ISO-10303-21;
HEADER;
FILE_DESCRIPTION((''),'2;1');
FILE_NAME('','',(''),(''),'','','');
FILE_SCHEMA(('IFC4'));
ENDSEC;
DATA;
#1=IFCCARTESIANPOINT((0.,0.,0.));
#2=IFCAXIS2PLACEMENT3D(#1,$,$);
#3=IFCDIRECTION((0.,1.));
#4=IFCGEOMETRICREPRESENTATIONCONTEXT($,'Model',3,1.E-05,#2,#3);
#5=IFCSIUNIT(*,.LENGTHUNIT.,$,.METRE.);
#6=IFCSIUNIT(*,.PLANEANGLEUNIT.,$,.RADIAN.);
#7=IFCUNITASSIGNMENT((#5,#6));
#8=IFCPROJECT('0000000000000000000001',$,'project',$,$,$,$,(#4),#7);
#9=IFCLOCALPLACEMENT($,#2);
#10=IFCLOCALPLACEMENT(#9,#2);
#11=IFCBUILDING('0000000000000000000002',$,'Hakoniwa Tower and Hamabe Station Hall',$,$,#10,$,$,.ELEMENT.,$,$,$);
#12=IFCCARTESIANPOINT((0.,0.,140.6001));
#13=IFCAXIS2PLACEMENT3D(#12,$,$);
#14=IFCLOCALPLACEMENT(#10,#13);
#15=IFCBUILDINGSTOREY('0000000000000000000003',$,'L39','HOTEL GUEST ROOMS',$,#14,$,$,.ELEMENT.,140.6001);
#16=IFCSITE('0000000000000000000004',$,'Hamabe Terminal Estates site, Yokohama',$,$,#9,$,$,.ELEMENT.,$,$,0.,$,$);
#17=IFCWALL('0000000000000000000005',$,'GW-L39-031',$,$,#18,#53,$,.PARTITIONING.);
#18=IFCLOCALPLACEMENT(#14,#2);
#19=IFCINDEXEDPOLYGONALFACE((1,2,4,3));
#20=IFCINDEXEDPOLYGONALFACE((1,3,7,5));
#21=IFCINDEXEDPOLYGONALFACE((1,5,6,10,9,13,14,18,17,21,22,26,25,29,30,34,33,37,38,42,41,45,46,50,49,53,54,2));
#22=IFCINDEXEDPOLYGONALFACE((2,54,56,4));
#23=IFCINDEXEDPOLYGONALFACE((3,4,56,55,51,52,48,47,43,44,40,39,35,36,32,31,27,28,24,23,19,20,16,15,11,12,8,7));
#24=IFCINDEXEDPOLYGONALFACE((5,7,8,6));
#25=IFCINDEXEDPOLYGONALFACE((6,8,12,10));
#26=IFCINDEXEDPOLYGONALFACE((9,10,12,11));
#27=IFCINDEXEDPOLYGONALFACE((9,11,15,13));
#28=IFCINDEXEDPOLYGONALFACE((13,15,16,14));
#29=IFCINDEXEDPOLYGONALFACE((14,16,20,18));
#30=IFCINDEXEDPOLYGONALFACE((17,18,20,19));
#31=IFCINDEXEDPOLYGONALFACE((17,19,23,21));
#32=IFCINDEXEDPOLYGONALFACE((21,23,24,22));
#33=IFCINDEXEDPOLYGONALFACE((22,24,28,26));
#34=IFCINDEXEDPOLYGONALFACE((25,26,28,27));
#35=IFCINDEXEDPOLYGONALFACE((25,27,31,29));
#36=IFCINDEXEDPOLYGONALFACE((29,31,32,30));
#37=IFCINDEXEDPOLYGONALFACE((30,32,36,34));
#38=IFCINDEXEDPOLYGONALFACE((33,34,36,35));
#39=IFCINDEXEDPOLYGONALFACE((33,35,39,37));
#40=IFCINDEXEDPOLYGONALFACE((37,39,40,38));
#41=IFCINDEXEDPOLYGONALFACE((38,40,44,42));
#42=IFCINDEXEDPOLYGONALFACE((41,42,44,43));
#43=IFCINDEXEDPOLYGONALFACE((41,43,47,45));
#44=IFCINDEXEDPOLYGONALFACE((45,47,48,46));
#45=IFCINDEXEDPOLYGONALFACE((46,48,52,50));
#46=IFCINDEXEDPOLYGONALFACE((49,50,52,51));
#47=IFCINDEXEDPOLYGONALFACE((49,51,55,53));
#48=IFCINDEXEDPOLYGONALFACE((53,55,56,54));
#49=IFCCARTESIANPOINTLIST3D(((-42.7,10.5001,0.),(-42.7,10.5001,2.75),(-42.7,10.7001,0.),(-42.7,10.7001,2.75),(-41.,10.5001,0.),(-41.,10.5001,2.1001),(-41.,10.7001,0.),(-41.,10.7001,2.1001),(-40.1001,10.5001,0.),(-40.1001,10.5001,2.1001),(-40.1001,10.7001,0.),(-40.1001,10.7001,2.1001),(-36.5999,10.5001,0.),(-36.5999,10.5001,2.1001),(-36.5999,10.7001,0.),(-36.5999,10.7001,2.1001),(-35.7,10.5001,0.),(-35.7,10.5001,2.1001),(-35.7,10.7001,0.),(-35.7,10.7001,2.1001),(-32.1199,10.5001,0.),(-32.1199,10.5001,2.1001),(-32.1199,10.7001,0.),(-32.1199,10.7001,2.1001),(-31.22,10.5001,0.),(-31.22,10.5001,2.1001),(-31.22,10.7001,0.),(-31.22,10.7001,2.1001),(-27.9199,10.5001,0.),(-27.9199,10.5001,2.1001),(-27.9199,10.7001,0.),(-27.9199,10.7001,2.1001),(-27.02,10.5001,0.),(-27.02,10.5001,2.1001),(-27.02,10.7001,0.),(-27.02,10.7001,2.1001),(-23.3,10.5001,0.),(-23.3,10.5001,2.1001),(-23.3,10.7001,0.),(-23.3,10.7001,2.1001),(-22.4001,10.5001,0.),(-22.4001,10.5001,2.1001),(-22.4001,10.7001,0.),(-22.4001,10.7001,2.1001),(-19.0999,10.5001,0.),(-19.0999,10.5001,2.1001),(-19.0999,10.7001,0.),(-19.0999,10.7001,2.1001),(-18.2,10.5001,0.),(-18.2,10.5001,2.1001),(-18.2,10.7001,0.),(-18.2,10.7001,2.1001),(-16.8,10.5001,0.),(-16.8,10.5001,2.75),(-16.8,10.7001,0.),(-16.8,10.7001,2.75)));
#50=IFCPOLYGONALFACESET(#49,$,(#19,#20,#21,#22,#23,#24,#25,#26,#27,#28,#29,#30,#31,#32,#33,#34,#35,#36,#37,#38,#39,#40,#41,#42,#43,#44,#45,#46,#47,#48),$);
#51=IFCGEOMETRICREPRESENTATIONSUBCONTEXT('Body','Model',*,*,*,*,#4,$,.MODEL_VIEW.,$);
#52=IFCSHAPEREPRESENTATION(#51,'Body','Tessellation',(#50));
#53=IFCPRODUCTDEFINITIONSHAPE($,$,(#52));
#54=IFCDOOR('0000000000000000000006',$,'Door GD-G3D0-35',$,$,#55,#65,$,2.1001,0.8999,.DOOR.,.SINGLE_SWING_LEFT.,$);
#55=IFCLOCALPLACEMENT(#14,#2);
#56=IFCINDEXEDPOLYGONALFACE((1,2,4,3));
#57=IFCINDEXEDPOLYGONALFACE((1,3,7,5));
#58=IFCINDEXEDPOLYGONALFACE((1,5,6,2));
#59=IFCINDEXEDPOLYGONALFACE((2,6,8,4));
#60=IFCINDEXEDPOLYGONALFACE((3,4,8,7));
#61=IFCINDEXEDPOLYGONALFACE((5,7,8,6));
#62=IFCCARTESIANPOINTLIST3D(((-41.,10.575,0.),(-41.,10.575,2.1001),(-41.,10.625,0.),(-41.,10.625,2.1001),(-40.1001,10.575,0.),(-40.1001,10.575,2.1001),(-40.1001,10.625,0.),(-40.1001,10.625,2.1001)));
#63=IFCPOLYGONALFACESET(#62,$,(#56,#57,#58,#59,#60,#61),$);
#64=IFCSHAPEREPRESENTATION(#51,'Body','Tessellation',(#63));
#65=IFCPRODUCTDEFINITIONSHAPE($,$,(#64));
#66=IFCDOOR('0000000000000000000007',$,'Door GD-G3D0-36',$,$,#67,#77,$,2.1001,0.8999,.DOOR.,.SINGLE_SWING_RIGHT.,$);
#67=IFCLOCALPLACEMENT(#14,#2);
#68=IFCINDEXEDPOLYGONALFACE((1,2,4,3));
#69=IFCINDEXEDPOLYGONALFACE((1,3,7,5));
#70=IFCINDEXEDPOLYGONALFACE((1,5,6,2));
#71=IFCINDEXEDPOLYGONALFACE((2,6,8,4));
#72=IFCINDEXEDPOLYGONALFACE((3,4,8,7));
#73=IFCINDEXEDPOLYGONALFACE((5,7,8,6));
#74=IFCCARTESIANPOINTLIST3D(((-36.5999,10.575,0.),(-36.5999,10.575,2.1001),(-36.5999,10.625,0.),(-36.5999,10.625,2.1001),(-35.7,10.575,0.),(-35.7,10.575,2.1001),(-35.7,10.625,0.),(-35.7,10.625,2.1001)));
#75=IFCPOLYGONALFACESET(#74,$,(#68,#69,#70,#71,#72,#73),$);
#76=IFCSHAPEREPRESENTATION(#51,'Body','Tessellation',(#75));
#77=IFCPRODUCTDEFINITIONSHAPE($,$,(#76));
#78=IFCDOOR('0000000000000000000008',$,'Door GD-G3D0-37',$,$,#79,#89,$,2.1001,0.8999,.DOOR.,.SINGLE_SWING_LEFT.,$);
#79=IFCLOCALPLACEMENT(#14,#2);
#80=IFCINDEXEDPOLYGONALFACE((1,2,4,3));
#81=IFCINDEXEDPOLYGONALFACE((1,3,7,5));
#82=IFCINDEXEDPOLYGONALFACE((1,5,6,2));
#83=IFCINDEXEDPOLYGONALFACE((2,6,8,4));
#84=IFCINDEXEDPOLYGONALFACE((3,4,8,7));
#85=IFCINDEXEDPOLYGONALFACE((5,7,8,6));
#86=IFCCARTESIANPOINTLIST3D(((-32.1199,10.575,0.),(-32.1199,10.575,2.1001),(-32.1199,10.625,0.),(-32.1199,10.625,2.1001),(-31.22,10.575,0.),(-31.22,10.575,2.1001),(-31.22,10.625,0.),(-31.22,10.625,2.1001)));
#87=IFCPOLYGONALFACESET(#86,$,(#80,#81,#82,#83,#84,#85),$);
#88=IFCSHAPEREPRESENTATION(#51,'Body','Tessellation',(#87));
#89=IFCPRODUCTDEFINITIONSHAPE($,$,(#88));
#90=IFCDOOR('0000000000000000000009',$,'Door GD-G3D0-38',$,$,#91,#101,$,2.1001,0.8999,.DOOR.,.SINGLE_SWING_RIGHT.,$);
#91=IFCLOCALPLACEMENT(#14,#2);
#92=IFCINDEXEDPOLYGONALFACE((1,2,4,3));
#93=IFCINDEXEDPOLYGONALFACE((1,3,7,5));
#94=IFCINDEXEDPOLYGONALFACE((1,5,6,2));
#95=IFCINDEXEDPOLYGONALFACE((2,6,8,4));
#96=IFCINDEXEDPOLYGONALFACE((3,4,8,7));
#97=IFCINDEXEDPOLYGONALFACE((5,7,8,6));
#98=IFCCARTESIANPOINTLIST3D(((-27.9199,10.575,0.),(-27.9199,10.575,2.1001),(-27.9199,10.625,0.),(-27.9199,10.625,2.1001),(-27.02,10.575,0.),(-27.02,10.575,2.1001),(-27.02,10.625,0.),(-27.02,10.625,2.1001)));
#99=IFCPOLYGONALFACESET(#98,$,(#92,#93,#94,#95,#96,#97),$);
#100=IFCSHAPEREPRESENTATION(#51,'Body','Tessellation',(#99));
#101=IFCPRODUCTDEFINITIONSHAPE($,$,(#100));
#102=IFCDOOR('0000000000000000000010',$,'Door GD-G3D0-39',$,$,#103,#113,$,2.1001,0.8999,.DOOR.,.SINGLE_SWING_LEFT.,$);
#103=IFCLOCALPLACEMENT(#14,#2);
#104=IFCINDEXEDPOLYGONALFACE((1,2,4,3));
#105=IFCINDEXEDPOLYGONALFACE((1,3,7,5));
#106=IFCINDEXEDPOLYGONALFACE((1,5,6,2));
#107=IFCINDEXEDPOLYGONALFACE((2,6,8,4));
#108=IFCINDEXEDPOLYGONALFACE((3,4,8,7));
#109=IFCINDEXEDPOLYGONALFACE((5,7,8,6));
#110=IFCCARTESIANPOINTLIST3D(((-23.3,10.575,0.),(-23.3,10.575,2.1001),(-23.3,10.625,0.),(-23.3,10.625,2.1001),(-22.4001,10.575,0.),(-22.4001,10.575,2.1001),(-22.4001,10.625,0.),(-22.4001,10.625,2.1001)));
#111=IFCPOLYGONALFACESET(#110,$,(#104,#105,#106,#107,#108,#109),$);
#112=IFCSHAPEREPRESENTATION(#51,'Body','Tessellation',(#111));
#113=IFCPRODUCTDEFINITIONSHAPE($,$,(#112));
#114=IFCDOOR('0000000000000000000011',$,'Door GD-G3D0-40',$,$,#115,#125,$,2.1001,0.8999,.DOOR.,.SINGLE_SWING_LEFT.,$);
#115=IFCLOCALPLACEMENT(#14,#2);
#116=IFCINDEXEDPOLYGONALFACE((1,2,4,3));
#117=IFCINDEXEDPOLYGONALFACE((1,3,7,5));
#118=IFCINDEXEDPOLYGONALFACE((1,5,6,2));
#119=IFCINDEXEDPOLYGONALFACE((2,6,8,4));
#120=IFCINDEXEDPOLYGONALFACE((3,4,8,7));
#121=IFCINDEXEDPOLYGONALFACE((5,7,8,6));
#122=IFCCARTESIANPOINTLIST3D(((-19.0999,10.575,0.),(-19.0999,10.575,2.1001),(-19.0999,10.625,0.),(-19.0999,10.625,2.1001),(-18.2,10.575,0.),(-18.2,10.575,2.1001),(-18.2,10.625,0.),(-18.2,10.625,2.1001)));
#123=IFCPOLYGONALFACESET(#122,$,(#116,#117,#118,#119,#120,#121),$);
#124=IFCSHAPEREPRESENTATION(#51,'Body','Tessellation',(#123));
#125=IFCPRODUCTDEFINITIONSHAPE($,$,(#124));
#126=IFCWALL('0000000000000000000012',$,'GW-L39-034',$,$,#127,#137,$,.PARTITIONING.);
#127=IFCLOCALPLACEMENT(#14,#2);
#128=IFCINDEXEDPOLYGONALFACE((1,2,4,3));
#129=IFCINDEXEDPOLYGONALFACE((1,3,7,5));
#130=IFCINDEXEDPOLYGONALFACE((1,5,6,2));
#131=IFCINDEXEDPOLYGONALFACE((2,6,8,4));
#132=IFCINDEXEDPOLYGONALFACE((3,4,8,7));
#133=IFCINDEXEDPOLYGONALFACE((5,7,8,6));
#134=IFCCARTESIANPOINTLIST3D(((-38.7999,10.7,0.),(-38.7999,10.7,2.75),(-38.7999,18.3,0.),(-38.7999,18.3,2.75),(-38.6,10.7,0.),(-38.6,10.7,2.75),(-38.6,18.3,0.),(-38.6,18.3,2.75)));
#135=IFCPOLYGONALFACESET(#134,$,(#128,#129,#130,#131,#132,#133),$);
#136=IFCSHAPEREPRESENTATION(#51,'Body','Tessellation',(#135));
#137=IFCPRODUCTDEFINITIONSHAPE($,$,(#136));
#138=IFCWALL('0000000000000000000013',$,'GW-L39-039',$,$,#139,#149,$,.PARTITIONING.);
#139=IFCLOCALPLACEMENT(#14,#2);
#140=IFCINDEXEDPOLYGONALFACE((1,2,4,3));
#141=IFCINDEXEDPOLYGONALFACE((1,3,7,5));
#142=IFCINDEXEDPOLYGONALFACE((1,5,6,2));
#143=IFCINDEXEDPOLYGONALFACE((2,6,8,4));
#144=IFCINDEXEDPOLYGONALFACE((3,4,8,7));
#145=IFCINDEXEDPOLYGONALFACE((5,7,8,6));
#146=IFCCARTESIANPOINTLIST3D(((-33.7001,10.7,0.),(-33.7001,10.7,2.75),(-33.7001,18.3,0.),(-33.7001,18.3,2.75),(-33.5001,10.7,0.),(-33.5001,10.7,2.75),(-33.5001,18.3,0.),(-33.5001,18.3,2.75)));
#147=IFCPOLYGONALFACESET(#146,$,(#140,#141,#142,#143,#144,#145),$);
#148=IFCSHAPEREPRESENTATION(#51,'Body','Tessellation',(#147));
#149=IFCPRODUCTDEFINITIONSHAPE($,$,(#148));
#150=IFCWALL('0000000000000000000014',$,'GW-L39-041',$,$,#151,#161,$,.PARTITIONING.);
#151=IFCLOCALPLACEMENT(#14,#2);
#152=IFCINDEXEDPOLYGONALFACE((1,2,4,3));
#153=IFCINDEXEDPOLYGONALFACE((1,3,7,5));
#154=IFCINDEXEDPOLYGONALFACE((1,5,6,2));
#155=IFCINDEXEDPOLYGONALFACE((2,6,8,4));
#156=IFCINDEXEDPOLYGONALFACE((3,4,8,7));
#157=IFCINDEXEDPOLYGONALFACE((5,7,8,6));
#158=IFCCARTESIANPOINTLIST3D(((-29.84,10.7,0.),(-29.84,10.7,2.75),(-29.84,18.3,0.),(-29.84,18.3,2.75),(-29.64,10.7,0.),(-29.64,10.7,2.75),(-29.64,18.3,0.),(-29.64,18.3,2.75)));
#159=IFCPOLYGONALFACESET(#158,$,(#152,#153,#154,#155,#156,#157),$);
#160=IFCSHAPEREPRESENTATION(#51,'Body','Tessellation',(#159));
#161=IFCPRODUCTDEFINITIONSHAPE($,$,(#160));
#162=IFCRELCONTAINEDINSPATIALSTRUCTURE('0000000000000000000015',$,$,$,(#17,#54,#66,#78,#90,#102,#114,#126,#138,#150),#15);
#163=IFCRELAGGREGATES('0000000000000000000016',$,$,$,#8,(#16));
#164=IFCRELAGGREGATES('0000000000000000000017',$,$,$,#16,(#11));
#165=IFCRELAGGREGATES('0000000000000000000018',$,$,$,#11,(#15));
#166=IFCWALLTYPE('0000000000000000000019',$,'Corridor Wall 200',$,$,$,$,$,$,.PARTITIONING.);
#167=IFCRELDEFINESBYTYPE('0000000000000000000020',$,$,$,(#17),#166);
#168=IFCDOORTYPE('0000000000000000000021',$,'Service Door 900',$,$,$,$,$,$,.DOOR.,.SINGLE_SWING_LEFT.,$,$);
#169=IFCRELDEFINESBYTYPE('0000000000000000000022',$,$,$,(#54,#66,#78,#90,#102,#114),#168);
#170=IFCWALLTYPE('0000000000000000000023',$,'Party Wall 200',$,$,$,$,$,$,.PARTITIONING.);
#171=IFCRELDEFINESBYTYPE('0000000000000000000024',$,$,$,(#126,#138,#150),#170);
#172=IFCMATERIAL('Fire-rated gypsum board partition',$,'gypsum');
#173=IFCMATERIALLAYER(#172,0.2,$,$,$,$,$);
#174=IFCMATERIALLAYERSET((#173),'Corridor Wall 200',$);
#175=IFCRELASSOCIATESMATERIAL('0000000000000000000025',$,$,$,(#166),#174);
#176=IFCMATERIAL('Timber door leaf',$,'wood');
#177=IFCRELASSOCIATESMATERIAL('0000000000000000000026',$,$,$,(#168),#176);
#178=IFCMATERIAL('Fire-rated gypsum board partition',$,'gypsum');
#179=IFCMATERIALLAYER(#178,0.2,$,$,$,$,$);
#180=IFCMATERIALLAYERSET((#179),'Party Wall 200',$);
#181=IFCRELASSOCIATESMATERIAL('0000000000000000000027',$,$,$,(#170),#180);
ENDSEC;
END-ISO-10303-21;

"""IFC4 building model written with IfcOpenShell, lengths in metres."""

from ifc_helpers import new_model, si_unit, direction, frame, frame_2d, origin, place, context, subcontext, project, spatial, rectangle, extrude, material, layer, layer_set, type_object, element, fill, save


model = new_model("IFC4")

# Units and contexts
model_context = context("Model", 3, precision=1e-05, world=origin(), true_north=direction((0.0, 1.0)))
body_context = subcontext(model_context, "Body", "Model", "MODEL_VIEW")
ifc_project = project(units=[si_unit("LENGTHUNIT", "METRE"), si_unit("PLANEANGLEUNIT", "RADIAN")], contexts=[model_context])

# Site, building, storey
site_placement = place(None, origin())
site = spatial("IfcSite", under=ifc_project, at=site_placement, Name="Hamabe Terminal Estates site, Yokohama", CompositionType="ELEMENT", RefElevation=0.0)
building_placement = place(site_placement, origin())
building = spatial("IfcBuilding", under=site, at=building_placement, Name="Hakoniwa Tower and Hamabe Station Hall", CompositionType="ELEMENT")
storey_placement = place(building_placement, frame((0.0, 0.0, 140.6001)))
storey = spatial("IfcBuildingStorey", under=building, at=storey_placement, Name="L39", Description="HOTEL GUEST ROOMS", CompositionType="ELEMENT", Elevation=140.6001)

# Wall, openings, doors
ifc_material_1 = material(Name="Fire-rated gypsum board partition", Category="gypsum")
ifc_layer_1 = layer(ifc_material_1, 0.2)
ifc_layer_set_1 = layer_set([ifc_layer_1], Name="Corridor Wall 200")
wall_type_1 = type_object("IfcWallType", Name="Corridor Wall 200", PredefinedType="PARTITIONING", material=ifc_layer_set_1)
ifc_material_2 = material(Name="Timber door leaf", Category="wood")
door_type_1 = type_object("IfcDoorType", Name="Service Door 900", OperationType="SINGLE_SWING_LEFT", PredefinedType="DOOR", material=ifc_material_2)
wall_1_placement = place(storey_placement, frame((-42.7, 10.6001, 0.0), z_axis=(0.0, 0.0, 1.0), x_axis=(1.0, 0.0, 0.0)))
wall_1 = element("IfcWall", 1, at=wall_1_placement, inside=storey, type_object=wall_type_1, Name="GW-L39-031", PredefinedType="PARTITIONING", context=body_context, shape_type="SweptSolid", body=[
    extrude(rectangle(XDim=25.8999, YDim=0.2, at=frame_2d((12.95, 0.0))), origin(), (0.0, 0.0, 1.0), 2.75),
])
opening_1_placement = place(wall_1_placement, frame((1.7, 0.0, 0.0)))
opening_1 = element("IfcOpeningElement", 2, at=opening_1_placement, cuts=wall_1, PredefinedType="OPENING", context=body_context, shape_type="SweptSolid", body=[
    extrude(rectangle(XDim=0.8999, YDim=2.1001, at=frame_2d((0.45, 1.05))), frame((0.0, 0.1099, 0.0), z_axis=(0.0, -1.0, 0.0), x_axis=(1.0, 0.0, 0.0)), (0.0, 0.0, 1.0), 0.22),
])
opening_2_placement = place(wall_1_placement, frame((6.1001, 0.0, 0.0)))
opening_2 = element("IfcOpeningElement", 3, at=opening_2_placement, cuts=wall_1, PredefinedType="OPENING", context=body_context, shape_type="SweptSolid", body=[
    extrude(rectangle(XDim=0.8999, YDim=2.1001, at=frame_2d((0.45, 1.05))), frame((0.0, 0.1099, 0.0), z_axis=(0.0, -1.0, 0.0), x_axis=(1.0, 0.0, 0.0)), (0.0, 0.0, 1.0), 0.22),
])
opening_3_placement = place(wall_1_placement, frame((10.5801, 0.0, 0.0)))
opening_3 = element("IfcOpeningElement", 4, at=opening_3_placement, cuts=wall_1, PredefinedType="OPENING", context=body_context, shape_type="SweptSolid", body=[
    extrude(rectangle(XDim=0.8999, YDim=2.1001, at=frame_2d((0.45, 1.05))), frame((0.0, 0.1099, 0.0), z_axis=(0.0, -1.0, 0.0), x_axis=(1.0, 0.0, 0.0)), (0.0, 0.0, 1.0), 0.22),
])
opening_4_placement = place(wall_1_placement, frame((14.78, 0.0, 0.0)))
opening_4 = element("IfcOpeningElement", 5, at=opening_4_placement, cuts=wall_1, PredefinedType="OPENING", context=body_context, shape_type="SweptSolid", body=[
    extrude(rectangle(XDim=0.8999, YDim=2.1001, at=frame_2d((0.45, 1.05))), frame((0.0, 0.1099, 0.0), z_axis=(0.0, -1.0, 0.0), x_axis=(1.0, 0.0, 0.0)), (0.0, 0.0, 1.0), 0.22),
])
opening_5_placement = place(wall_1_placement, frame((19.3999, 0.0, 0.0)))
opening_5 = element("IfcOpeningElement", 6, at=opening_5_placement, cuts=wall_1, PredefinedType="OPENING", context=body_context, shape_type="SweptSolid", body=[
    extrude(rectangle(XDim=0.8999, YDim=2.1001, at=frame_2d((0.45, 1.05))), frame((0.0, 0.1099, 0.0), z_axis=(0.0, -1.0, 0.0), x_axis=(1.0, 0.0, 0.0)), (0.0, 0.0, 1.0), 0.22),
])
opening_6_placement = place(wall_1_placement, frame((23.6001, 0.0, 0.0)))
opening_6 = element("IfcOpeningElement", 7, at=opening_6_placement, cuts=wall_1, PredefinedType="OPENING", context=body_context, shape_type="SweptSolid", body=[
    extrude(rectangle(XDim=0.8999, YDim=2.1001, at=frame_2d((0.45, 1.05))), frame((0.0, 0.1099, 0.0), z_axis=(0.0, -1.0, 0.0), x_axis=(1.0, 0.0, 0.0)), (0.0, 0.0, 1.0), 0.22),
])
door_1_placement = place(opening_1_placement, origin())
door_1 = element("IfcDoor", 8, at=door_1_placement, inside=storey, type_object=door_type_1, Name="Door GD-G3D0-35", OperationType="SINGLE_SWING_LEFT", OverallHeight=2.1001, OverallWidth=0.8999, PredefinedType="DOOR", context=body_context, shape_type="SweptSolid", body=[
    extrude(rectangle(XDim=0.8999, YDim=2.1001, at=frame_2d((0.45, 1.05))), frame((0.0, 0.0249, 0.0), z_axis=(0.0, -1.0, 0.0), x_axis=(1.0, 0.0, 0.0)), (0.0, 0.0, 1.0), 0.05),
])
fill(opening_1, door_1)
door_2_placement = place(opening_2_placement, origin())
door_2 = element("IfcDoor", 9, at=door_2_placement, inside=storey, type_object=door_type_1, Name="Door GD-G3D0-36", OperationType="SINGLE_SWING_RIGHT", OverallHeight=2.1001, OverallWidth=0.8999, PredefinedType="DOOR", context=body_context, shape_type="SweptSolid", body=[
    extrude(rectangle(XDim=0.8999, YDim=2.1001, at=frame_2d((0.45, 1.05))), frame((0.0, 0.0249, 0.0), z_axis=(0.0, -1.0, 0.0), x_axis=(1.0, 0.0, 0.0)), (0.0, 0.0, 1.0), 0.05),
])
fill(opening_2, door_2)
door_3_placement = place(opening_3_placement, origin())
door_3 = element("IfcDoor", 10, at=door_3_placement, inside=storey, type_object=door_type_1, Name="Door GD-G3D0-37", OperationType="SINGLE_SWING_LEFT", OverallHeight=2.1001, OverallWidth=0.8999, PredefinedType="DOOR", context=body_context, shape_type="SweptSolid", body=[
    extrude(rectangle(XDim=0.8999, YDim=2.1001, at=frame_2d((0.45, 1.05))), frame((0.0, 0.0249, 0.0), z_axis=(0.0, -1.0, 0.0), x_axis=(1.0, 0.0, 0.0)), (0.0, 0.0, 1.0), 0.05),
])
fill(opening_3, door_3)
door_4_placement = place(opening_4_placement, origin())
door_4 = element("IfcDoor", 11, at=door_4_placement, inside=storey, type_object=door_type_1, Name="Door GD-G3D0-38", OperationType="SINGLE_SWING_RIGHT", OverallHeight=2.1001, OverallWidth=0.8999, PredefinedType="DOOR", context=body_context, shape_type="SweptSolid", body=[
    extrude(rectangle(XDim=0.8999, YDim=2.1001, at=frame_2d((0.45, 1.05))), frame((0.0, 0.0249, 0.0), z_axis=(0.0, -1.0, 0.0), x_axis=(1.0, 0.0, 0.0)), (0.0, 0.0, 1.0), 0.05),
])
fill(opening_4, door_4)
door_5_placement = place(opening_5_placement, origin())
door_5 = element("IfcDoor", 12, at=door_5_placement, inside=storey, type_object=door_type_1, Name="Door GD-G3D0-39", OperationType="SINGLE_SWING_LEFT", OverallHeight=2.1001, OverallWidth=0.8999, PredefinedType="DOOR", context=body_context, shape_type="SweptSolid", body=[
    extrude(rectangle(XDim=0.8999, YDim=2.1001, at=frame_2d((0.45, 1.05))), frame((0.0, 0.0249, 0.0), z_axis=(0.0, -1.0, 0.0), x_axis=(1.0, 0.0, 0.0)), (0.0, 0.0, 1.0), 0.05),
])
fill(opening_5, door_5)
door_6_placement = place(opening_6_placement, origin())
door_6 = element("IfcDoor", 13, at=door_6_placement, inside=storey, type_object=door_type_1, Name="Door GD-G3D0-40", OperationType="SINGLE_SWING_LEFT", OverallHeight=2.1001, OverallWidth=0.8999, PredefinedType="DOOR", context=body_context, shape_type="SweptSolid", body=[
    extrude(rectangle(XDim=0.8999, YDim=2.1001, at=frame_2d((0.45, 1.05))), frame((0.0, 0.0249, 0.0), z_axis=(0.0, -1.0, 0.0), x_axis=(1.0, 0.0, 0.0)), (0.0, 0.0, 1.0), 0.05),
])
fill(opening_6, door_6)

# Walls
ifc_material_3 = material(Name="Fire-rated gypsum board partition", Category="gypsum")
ifc_layer_2 = layer(ifc_material_3, 0.2)
ifc_layer_set_2 = layer_set([ifc_layer_2], Name="Party Wall 200")
wall_type_2 = type_object("IfcWallType", Name="Party Wall 200", PredefinedType="PARTITIONING", material=ifc_layer_set_2)
for number, where, z_axis, x_axis, name in (
    (14, (-38.7, 10.7, 0.0), (0.0, 0.0, 1.0), (0.0, 1.0, 0.0), "GW-L39-034"),
    (15, (-33.6001, 10.7, 0.0), (0.0, 0.0, 1.0), (0.0, 1.0, 0.0), "GW-L39-039"),
    (16, (-29.74, 10.7, 0.0), (0.0, 0.0, 1.0), (0.0, 1.0, 0.0), "GW-L39-041"),
):
    element("IfcWall", number, at=place(storey_placement, frame(where, z_axis=z_axis, x_axis=x_axis)), inside=storey, type_object=wall_type_2, Name=name, PredefinedType="PARTITIONING", context=body_context, shape_type="SweptSolid", body=[
        extrude(rectangle(XDim=7.6001, YDim=0.2, at=frame_2d((3.8, 0.0))), origin(), (0.0, 0.0, 1.0), 2.75),
    ])

save(model, "model.ifc")
